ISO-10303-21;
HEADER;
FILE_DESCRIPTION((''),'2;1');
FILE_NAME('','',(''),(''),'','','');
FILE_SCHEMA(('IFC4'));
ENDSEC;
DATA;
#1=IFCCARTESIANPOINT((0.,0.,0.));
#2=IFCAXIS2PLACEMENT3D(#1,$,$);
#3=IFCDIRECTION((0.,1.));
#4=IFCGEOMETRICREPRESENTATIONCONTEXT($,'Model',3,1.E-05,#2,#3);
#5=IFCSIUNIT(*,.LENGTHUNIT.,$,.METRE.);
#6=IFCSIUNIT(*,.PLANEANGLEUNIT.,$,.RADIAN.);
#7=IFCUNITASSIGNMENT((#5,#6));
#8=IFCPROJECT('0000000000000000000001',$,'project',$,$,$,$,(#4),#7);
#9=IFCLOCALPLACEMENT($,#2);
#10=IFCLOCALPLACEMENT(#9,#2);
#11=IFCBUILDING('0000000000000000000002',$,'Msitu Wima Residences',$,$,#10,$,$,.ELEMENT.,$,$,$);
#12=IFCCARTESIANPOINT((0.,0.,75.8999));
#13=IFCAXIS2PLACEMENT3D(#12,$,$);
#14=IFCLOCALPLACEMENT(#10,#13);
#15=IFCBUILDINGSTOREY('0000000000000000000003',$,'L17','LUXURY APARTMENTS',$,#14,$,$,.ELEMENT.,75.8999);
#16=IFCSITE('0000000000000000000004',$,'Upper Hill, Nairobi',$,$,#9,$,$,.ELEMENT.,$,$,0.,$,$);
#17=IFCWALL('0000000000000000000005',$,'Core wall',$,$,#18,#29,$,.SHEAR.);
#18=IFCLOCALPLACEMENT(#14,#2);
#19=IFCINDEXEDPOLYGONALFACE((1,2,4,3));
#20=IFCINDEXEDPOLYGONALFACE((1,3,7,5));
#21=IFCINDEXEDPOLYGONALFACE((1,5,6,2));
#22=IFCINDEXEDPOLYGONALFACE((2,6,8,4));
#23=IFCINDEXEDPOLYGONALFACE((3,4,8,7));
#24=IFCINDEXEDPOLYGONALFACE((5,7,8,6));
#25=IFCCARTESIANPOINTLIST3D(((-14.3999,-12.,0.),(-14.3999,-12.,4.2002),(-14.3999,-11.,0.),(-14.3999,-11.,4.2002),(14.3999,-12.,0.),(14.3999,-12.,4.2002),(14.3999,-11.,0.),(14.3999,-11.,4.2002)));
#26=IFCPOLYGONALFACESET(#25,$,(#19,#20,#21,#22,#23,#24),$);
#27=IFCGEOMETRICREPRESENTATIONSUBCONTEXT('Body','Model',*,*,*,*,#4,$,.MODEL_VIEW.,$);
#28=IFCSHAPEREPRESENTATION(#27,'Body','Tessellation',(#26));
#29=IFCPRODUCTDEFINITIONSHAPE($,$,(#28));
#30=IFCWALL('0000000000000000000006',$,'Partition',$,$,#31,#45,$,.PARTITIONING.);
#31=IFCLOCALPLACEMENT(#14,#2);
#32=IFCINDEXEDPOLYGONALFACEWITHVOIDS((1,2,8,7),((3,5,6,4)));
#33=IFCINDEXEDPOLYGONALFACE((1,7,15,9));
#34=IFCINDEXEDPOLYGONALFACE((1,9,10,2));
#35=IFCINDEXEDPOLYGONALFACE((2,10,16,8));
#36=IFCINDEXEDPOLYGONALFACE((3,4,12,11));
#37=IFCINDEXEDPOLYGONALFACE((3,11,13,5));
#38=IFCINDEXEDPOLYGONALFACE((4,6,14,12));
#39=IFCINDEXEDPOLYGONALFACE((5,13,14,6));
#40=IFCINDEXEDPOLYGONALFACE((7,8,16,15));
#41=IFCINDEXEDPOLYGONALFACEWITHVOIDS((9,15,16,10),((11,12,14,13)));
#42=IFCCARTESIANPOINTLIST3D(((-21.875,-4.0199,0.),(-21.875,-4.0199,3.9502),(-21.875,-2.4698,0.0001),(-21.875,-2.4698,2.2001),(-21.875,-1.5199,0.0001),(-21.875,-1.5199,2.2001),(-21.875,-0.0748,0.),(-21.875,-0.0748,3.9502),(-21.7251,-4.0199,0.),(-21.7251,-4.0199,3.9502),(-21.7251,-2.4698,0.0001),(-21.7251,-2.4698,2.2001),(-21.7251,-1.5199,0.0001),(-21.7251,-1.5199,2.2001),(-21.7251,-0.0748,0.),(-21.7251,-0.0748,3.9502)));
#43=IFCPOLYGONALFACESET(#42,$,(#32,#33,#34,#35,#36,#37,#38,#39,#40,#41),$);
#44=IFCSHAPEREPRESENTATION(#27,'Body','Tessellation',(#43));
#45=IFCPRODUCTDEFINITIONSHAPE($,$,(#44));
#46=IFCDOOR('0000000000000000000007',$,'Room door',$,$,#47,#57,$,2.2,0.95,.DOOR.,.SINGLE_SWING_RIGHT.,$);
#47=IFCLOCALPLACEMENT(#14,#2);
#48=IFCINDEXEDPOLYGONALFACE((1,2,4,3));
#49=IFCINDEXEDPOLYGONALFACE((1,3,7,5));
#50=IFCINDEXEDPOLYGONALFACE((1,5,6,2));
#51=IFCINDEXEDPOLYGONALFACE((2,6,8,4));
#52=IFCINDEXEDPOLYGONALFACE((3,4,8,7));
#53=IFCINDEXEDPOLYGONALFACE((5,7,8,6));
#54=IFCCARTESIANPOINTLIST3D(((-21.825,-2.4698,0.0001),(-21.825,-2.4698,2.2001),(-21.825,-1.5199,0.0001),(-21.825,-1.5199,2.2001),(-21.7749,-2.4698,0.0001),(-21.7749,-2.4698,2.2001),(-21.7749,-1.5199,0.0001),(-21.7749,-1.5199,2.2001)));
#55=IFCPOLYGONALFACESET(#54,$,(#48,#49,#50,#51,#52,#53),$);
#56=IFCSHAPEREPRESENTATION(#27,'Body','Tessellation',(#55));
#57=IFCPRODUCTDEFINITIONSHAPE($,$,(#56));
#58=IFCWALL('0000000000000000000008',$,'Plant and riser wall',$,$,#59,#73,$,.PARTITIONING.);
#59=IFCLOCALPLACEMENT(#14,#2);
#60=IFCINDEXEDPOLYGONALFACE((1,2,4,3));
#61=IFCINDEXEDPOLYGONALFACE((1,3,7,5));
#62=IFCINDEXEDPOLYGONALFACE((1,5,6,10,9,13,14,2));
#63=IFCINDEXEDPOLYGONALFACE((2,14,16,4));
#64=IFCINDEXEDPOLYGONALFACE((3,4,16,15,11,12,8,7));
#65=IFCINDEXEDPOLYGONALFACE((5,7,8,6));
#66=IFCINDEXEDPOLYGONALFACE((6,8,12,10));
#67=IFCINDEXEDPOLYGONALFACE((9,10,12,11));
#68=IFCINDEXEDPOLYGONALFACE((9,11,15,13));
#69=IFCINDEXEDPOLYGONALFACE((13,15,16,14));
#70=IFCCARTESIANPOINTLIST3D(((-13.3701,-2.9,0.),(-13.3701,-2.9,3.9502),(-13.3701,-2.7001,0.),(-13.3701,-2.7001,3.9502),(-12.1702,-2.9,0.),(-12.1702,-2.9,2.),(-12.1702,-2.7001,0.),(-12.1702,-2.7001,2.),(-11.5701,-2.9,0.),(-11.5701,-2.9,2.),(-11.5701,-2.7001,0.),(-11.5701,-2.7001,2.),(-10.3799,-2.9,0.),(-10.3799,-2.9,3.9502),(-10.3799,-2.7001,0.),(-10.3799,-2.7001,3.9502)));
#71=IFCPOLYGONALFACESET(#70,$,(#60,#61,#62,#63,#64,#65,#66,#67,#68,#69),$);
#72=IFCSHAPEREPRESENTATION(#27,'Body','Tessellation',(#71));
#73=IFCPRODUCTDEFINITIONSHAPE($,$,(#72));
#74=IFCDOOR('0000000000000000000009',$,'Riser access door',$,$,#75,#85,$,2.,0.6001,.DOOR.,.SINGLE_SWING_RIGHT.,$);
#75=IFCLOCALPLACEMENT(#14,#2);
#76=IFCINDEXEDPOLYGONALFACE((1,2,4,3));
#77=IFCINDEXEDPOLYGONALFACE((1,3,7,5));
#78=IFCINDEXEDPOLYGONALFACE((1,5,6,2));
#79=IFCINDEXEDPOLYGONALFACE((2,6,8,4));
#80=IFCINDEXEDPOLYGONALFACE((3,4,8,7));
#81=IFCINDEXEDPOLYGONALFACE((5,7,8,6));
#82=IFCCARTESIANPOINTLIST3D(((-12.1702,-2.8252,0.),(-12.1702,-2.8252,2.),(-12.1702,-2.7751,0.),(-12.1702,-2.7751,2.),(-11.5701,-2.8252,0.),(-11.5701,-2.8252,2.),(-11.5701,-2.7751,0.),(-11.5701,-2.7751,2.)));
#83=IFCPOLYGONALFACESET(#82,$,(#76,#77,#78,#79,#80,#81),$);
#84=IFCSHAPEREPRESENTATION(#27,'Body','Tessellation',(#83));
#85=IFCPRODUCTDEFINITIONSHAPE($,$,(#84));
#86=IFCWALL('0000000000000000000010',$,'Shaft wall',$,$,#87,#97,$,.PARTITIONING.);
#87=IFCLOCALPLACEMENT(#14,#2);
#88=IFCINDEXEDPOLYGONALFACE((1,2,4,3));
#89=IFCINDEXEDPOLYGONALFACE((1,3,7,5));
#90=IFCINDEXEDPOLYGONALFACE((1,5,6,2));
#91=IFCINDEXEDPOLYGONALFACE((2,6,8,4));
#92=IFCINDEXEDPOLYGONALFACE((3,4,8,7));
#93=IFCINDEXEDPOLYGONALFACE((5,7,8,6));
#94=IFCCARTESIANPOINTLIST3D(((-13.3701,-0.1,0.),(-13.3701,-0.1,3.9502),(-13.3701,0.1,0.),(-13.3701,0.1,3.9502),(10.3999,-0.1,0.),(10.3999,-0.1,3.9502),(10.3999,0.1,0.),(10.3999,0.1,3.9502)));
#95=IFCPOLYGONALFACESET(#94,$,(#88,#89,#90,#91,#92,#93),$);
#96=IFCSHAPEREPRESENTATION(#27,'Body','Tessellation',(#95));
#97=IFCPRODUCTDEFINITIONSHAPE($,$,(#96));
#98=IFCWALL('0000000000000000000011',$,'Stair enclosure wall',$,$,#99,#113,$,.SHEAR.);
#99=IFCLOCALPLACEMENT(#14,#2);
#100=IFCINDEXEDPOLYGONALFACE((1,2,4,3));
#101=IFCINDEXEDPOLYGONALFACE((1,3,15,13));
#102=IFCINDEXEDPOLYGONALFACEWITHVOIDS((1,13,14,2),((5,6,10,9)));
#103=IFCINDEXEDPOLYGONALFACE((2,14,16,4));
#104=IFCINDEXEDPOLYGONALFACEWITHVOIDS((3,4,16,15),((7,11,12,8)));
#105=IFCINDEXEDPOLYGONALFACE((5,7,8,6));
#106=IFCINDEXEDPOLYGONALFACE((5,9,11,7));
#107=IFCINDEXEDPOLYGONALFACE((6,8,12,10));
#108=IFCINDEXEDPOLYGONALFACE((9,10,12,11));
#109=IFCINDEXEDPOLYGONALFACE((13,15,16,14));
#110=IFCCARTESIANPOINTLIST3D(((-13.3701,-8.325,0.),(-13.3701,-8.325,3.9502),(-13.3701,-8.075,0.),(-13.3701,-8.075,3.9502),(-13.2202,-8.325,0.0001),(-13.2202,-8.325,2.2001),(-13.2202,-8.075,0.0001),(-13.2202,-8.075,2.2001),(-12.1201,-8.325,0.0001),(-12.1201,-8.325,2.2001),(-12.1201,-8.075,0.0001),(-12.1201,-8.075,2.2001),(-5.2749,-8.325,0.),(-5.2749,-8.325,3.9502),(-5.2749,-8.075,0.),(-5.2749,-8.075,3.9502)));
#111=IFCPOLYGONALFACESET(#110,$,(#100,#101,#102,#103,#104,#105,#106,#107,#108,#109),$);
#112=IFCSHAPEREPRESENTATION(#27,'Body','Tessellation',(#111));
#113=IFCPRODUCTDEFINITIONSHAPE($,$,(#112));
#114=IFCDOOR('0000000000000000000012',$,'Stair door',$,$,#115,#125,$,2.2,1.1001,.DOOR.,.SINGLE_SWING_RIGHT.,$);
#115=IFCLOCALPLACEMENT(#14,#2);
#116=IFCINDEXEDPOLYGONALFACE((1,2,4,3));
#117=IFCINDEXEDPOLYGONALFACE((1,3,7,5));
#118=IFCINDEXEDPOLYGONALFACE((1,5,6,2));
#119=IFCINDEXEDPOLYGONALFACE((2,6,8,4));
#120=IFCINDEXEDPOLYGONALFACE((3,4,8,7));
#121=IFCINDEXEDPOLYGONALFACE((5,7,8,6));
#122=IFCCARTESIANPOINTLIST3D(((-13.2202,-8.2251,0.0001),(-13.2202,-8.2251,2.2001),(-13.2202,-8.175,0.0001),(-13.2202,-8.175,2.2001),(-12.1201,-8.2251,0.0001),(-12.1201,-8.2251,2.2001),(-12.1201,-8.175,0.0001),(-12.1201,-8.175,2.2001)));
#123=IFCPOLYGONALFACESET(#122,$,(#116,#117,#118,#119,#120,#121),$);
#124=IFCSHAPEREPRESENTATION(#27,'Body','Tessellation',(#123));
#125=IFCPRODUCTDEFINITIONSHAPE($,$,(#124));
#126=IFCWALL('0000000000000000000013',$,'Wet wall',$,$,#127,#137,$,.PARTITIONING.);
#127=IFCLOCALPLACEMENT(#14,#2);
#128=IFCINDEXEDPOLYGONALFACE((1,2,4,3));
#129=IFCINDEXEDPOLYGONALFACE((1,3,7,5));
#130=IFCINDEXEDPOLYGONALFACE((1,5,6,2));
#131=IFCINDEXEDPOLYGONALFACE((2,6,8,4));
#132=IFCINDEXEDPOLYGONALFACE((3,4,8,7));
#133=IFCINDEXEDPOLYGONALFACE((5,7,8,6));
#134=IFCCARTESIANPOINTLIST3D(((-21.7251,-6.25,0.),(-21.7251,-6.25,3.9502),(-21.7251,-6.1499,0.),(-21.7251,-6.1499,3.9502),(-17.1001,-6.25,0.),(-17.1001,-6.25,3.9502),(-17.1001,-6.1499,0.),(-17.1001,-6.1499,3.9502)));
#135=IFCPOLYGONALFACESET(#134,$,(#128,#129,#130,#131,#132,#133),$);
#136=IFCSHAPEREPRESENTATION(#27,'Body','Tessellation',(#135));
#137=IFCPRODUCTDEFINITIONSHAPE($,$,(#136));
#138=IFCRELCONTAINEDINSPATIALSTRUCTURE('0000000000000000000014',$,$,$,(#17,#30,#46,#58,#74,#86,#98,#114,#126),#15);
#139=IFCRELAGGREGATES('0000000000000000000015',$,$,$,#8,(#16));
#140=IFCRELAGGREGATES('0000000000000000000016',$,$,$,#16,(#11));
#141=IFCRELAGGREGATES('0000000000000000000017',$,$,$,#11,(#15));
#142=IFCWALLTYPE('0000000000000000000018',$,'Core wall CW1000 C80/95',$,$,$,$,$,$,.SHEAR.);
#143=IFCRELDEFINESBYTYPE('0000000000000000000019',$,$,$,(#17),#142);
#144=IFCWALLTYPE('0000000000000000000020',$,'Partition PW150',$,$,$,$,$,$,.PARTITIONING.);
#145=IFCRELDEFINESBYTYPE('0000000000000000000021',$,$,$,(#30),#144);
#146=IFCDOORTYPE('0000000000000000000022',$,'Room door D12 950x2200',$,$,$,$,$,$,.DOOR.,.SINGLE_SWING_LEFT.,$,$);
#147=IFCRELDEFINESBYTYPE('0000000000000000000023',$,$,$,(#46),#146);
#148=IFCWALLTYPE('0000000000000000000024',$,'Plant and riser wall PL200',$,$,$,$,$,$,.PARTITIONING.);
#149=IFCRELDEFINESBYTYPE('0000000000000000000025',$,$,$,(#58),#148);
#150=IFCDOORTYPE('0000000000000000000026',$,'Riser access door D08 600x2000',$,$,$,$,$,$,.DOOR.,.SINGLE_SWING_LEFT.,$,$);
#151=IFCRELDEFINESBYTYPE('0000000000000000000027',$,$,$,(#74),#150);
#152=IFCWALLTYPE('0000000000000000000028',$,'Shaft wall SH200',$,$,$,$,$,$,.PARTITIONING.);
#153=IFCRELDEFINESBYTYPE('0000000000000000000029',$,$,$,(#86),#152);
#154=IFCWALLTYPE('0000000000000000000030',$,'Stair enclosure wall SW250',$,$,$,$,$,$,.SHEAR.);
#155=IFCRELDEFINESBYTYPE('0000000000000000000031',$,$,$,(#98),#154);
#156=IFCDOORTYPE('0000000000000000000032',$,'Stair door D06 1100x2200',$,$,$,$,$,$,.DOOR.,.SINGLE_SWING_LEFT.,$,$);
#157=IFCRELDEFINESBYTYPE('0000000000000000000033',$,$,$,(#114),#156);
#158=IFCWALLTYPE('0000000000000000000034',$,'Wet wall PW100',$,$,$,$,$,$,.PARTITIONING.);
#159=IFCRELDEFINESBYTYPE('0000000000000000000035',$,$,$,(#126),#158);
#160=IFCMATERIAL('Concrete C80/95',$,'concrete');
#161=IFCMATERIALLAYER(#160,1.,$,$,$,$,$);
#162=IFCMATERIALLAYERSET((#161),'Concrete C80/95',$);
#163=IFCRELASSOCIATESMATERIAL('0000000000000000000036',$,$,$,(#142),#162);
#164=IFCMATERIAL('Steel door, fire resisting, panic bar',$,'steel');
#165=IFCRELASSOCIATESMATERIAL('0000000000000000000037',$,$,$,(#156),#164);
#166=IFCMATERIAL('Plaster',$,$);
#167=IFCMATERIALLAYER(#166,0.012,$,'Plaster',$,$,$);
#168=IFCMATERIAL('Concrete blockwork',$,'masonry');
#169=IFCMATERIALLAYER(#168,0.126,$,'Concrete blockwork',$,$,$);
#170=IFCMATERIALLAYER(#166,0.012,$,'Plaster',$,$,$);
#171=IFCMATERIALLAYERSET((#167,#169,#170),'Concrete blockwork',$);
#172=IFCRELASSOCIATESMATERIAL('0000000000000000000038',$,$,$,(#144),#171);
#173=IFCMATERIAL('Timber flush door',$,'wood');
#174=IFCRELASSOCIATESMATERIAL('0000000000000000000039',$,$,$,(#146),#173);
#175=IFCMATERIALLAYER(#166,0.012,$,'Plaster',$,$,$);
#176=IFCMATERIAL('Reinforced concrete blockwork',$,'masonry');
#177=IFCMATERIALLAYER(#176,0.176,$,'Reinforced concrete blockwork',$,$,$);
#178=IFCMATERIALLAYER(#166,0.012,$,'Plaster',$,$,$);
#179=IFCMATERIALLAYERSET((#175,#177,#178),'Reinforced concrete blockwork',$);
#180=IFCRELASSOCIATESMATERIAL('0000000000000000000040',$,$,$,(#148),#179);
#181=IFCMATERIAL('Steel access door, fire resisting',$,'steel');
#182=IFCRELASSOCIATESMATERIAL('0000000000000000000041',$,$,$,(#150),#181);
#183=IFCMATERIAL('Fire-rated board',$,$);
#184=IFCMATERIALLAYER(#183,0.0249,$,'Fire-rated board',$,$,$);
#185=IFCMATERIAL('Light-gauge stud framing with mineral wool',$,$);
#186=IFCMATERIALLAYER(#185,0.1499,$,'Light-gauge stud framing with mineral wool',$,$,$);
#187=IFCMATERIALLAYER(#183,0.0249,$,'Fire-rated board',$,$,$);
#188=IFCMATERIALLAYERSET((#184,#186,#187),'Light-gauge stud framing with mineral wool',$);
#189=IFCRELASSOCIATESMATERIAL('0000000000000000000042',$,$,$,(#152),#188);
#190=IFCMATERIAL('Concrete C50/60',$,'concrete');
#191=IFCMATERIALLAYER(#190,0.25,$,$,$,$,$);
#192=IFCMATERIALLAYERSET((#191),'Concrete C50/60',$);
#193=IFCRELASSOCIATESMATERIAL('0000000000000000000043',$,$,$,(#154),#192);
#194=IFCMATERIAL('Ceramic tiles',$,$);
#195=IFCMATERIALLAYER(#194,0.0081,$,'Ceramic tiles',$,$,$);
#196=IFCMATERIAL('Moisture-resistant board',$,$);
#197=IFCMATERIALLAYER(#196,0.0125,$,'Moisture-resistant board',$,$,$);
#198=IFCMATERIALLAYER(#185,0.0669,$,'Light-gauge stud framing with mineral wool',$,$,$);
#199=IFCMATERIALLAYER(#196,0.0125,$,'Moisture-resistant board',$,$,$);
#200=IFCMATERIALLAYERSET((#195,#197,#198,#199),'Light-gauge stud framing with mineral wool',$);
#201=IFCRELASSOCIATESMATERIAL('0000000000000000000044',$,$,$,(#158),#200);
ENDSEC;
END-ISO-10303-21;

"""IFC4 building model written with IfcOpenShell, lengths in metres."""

from ifc_helpers import new_model, si_unit, direction, frame, frame_2d, origin, place, context, subcontext, project, spatial, rectangle, extrude, material, layer, layer_set, type_object, element, fill, save


model = new_model("IFC4")

# Units and contexts
model_context = context("Model", 3, precision=1e-05, world=origin(), true_north=direction((0.0, 1.0)))
body_context = subcontext(model_context, "Body", "Model", "MODEL_VIEW")
ifc_project = project(units=[si_unit("LENGTHUNIT", "METRE"), si_unit("PLANEANGLEUNIT", "RADIAN")], contexts=[model_context])

# Site, building, storey
site_placement = place(None, origin())
site = spatial("IfcSite", under=ifc_project, at=site_placement, Name="Upper Hill, Nairobi", CompositionType="ELEMENT", RefElevation=0.0)
building_placement = place(site_placement, origin())
building = spatial("IfcBuilding", under=site, at=building_placement, Name="Msitu Wima Residences", CompositionType="ELEMENT")
storey_placement = place(building_placement, frame((0.0, 0.0, 75.8999)))
storey = spatial("IfcBuildingStorey", under=building, at=storey_placement, Name="L17", Description="LUXURY APARTMENTS", CompositionType="ELEMENT", Elevation=75.8999)

# Wall
ifc_material_1 = material(Name="Concrete C80/95", Category="concrete")
ifc_layer_1 = layer(ifc_material_1, 1.0)
ifc_layer_set_1 = layer_set([ifc_layer_1], Name="Concrete C80/95")
wall_type_1 = type_object("IfcWallType", Name="Core wall CW1000 C80/95", PredefinedType="SHEAR", material=ifc_layer_set_1)
wall_1_placement = place(storey_placement, frame((-14.3999, -11.5, 0.0), z_axis=(0.0, 0.0, 1.0), x_axis=(1.0, 0.0, 0.0)))
element("IfcWall", 1, at=wall_1_placement, inside=storey, type_object=wall_type_1, Name="Core wall", PredefinedType="SHEAR", context=body_context, shape_type="SweptSolid", body=[
    extrude(rectangle(XDim=28.7998, YDim=1.0, at=frame_2d((14.3999, 0.0))), origin(), (0.0, 0.0, 1.0), 4.2002),
])

# Shared definitions
ifc_material_2 = material(Name="Steel door, fire resisting, panic bar", Category="steel")
door_type_1 = type_object("IfcDoorType", Name="Stair door D06 1100x2200", OperationType="SINGLE_SWING_LEFT", PredefinedType="DOOR", material=ifc_material_2)

# Walls, openings, doors
ifc_material_3 = material(Name="Plaster")
ifc_layer_2 = layer(ifc_material_3, 0.012, Name="Plaster")
ifc_material_4 = material(Name="Concrete blockwork", Category="masonry")
ifc_layer_3 = layer(ifc_material_4, 0.126, Name="Concrete blockwork")
ifc_layer_4 = layer(ifc_material_3, 0.012, Name="Plaster")
ifc_layer_set_2 = layer_set([ifc_layer_2, ifc_layer_3, ifc_layer_4], Name="Concrete blockwork")
wall_type_2 = type_object("IfcWallType", Name="Partition PW150", PredefinedType="PARTITIONING", material=ifc_layer_set_2)
wall_2_placement = place(storey_placement, frame((-21.8, -4.02, 0.0), z_axis=(0.0, 0.0, 1.0), x_axis=(0.0, 1.0, 0.0)))
wall_2 = element("IfcWall", 2, at=wall_2_placement, inside=storey, type_object=wall_type_2, Name="Partition", PredefinedType="PARTITIONING", context=body_context, shape_type="SweptSolid", body=[
    extrude(rectangle(XDim=3.9451, YDim=0.1499, at=frame_2d((1.9727, 0.0))), origin(), (0.0, 0.0, 1.0), 3.9502),
])
opening_1_placement = place(wall_2_placement, frame((1.55, 0.0, 0.0)))
opening_1 = element("IfcOpeningElement", 3, at=opening_1_placement, cuts=wall_2, PredefinedType="OPENING", context=body_context, shape_type="SweptSolid", body=[
    extrude(rectangle(XDim=0.95, YDim=2.2, at=frame_2d((0.4751, 1.1001))), frame((0.0, 0.085, 0.0), z_axis=(0.0, -1.0, 0.0), x_axis=(1.0, 0.0, 0.0)), (0.0, 0.0, 1.0), 0.1699),
])
ifc_material_5 = material(Name="Timber flush door", Category="wood")
door_type_2 = type_object("IfcDoorType", Name="Room door D12 950x2200", OperationType="SINGLE_SWING_LEFT", PredefinedType="DOOR", material=ifc_material_5)
door_1_placement = place(opening_1_placement, origin())
door_1 = element("IfcDoor", 4, at=door_1_placement, inside=storey, type_object=door_type_2, Name="Room door", OperationType="SINGLE_SWING_RIGHT", OverallHeight=2.2, OverallWidth=0.95, PredefinedType="DOOR", context=body_context, shape_type="SweptSolid", body=[
    extrude(rectangle(XDim=0.95, YDim=2.2, at=frame_2d((0.4751, 1.1001))), frame((0.0, 0.0249, 0.0), z_axis=(0.0, -1.0, 0.0), x_axis=(1.0, 0.0, 0.0)), (0.0, 0.0, 1.0), 0.05),
])
fill(opening_1, door_1)
ifc_layer_5 = layer(ifc_material_3, 0.012, Name="Plaster")
ifc_material_6 = material(Name="Reinforced concrete blockwork", Category="masonry")
ifc_layer_6 = layer(ifc_material_6, 0.176, Name="Reinforced concrete blockwork")
ifc_layer_7 = layer(ifc_material_3, 0.012, Name="Plaster")
ifc_layer_set_3 = layer_set([ifc_layer_5, ifc_layer_6, ifc_layer_7], Name="Reinforced concrete blockwork")
wall_type_3 = type_object("IfcWallType", Name="Plant and riser wall PL200", PredefinedType="PARTITIONING", material=ifc_layer_set_3)
wall_3_placement = place(storey_placement, frame((-13.3701, -2.8, 0.0), z_axis=(0.0, 0.0, 1.0), x_axis=(1.0, 0.0, 0.0)))
wall_3 = element("IfcWall", 5, at=wall_3_placement, inside=storey, type_object=wall_type_3, Name="Plant and riser wall", PredefinedType="PARTITIONING", context=body_context, shape_type="SweptSolid", body=[
    extrude(rectangle(XDim=2.9902, YDim=0.2, at=frame_2d((1.4951, 0.0))), origin(), (0.0, 0.0, 1.0), 3.9502),
])
opening_2_placement = place(wall_3_placement, frame((1.2, 0.0, 0.0)))
opening_2 = element("IfcOpeningElement", 6, at=opening_2_placement, cuts=wall_3, PredefinedType="OPENING", context=body_context, shape_type="SweptSolid", body=[
    extrude(rectangle(XDim=0.6001, YDim=2.0, at=frame_2d((0.3, 1.0))), frame((0.0, 0.1099, 0.0), z_axis=(0.0, -1.0, 0.0), x_axis=(1.0, 0.0, 0.0)), (0.0, 0.0, 1.0), 0.22),
])
ifc_material_7 = material(Name="Steel access door, fire resisting", Category="steel")
door_type_3 = type_object("IfcDoorType", Name="Riser access door D08 600x2000", OperationType="SINGLE_SWING_LEFT", PredefinedType="DOOR", material=ifc_material_7)
door_2_placement = place(opening_2_placement, origin())
door_2 = element("IfcDoor", 7, at=door_2_placement, inside=storey, type_object=door_type_3, Name="Riser access door", OperationType="SINGLE_SWING_RIGHT", OverallHeight=2.0, OverallWidth=0.6001, PredefinedType="DOOR", context=body_context, shape_type="SweptSolid", body=[
    extrude(rectangle(XDim=0.6001, YDim=2.0, at=frame_2d((0.3, 1.0))), frame((0.0, 0.0249, 0.0), z_axis=(0.0, -1.0, 0.0), x_axis=(1.0, 0.0, 0.0)), (0.0, 0.0, 1.0), 0.05),
])
fill(opening_2, door_2)

# Wall
ifc_material_8 = material(Name="Fire-rated board")
ifc_layer_8 = layer(ifc_material_8, 0.0249, Name="Fire-rated board")
ifc_material_9 = material(Name="Light-gauge stud framing with mineral wool")
ifc_layer_9 = layer(ifc_material_9, 0.1499, Name="Light-gauge stud framing with mineral wool")
ifc_layer_10 = layer(ifc_material_8, 0.0249, Name="Fire-rated board")
ifc_layer_set_4 = layer_set([ifc_layer_8, ifc_layer_9, ifc_layer_10], Name="Light-gauge stud framing with mineral wool")
wall_type_4 = type_object("IfcWallType", Name="Shaft wall SH200", PredefinedType="PARTITIONING", material=ifc_layer_set_4)
wall_4_placement = place(storey_placement, frame((-13.3701, 0.0, 0.0), z_axis=(0.0, 0.0, 1.0), x_axis=(1.0, 0.0, 0.0)))
element("IfcWall", 8, at=wall_4_placement, inside=storey, type_object=wall_type_4, Name="Shaft wall", PredefinedType="PARTITIONING", context=body_context, shape_type="SweptSolid", body=[
    extrude(rectangle(XDim=23.77, YDim=0.2, at=frame_2d((11.885, 0.0))), origin(), (0.0, 0.0, 1.0), 3.9502),
])

# Wall, opening, door
ifc_material_10 = material(Name="Concrete C50/60", Category="concrete")
ifc_layer_11 = layer(ifc_material_10, 0.25)
ifc_layer_set_5 = layer_set([ifc_layer_11], Name="Concrete C50/60")
wall_type_5 = type_object("IfcWallType", Name="Stair enclosure wall SW250", PredefinedType="SHEAR", material=ifc_layer_set_5)
wall_5_placement = place(storey_placement, frame((-13.3701, -8.2, 0.0), z_axis=(0.0, 0.0, 1.0), x_axis=(1.0, 0.0, 0.0)))
wall_5 = element("IfcWall", 9, at=wall_5_placement, inside=storey, type_object=wall_type_5, Name="Stair enclosure wall", PredefinedType="SHEAR", context=body_context, shape_type="SweptSolid", body=[
    extrude(rectangle(XDim=8.0952, YDim=0.25, at=frame_2d((4.0476, 0.0))), origin(), (0.0, 0.0, 1.0), 3.9502),
])
opening_3_placement = place(wall_5_placement, frame((0.1499, 0.0, 0.0)))
opening_3 = element("IfcOpeningElement", 10, at=opening_3_placement, cuts=wall_5, PredefinedType="OPENING", context=body_context, shape_type="SweptSolid", body=[
    extrude(rectangle(XDim=1.1001, YDim=2.2, at=frame_2d((0.55, 1.1001))), frame((0.0, 0.135, 0.0), z_axis=(0.0, -1.0, 0.0), x_axis=(1.0, 0.0, 0.0)), (0.0, 0.0, 1.0), 0.27),
])
door_3_placement = place(opening_3_placement, origin())
door_3 = element("IfcDoor", 11, at=door_3_placement, inside=storey, type_object=door_type_1, Name="Stair door", OperationType="SINGLE_SWING_RIGHT", OverallHeight=2.2, OverallWidth=1.1001, PredefinedType="DOOR", context=body_context, shape_type="SweptSolid", body=[
    extrude(rectangle(XDim=1.1001, YDim=2.2, at=frame_2d((0.55, 1.1001))), frame((0.0, 0.0249, 0.0), z_axis=(0.0, -1.0, 0.0), x_axis=(1.0, 0.0, 0.0)), (0.0, 0.0, 1.0), 0.05),
])
fill(opening_3, door_3)

# Wall
ifc_material_11 = material(Name="Ceramic tiles")
ifc_layer_12 = layer(ifc_material_11, 0.0081, Name="Ceramic tiles")
ifc_material_12 = material(Name="Moisture-resistant board")
ifc_layer_13 = layer(ifc_material_12, 0.0125, Name="Moisture-resistant board")
ifc_layer_14 = layer(ifc_material_9, 0.0669, Name="Light-gauge stud framing with mineral wool")
ifc_layer_15 = layer(ifc_material_12, 0.0125, Name="Moisture-resistant board")
ifc_layer_set_6 = layer_set([ifc_layer_12, ifc_layer_13, ifc_layer_14, ifc_layer_15], Name="Light-gauge stud framing with mineral wool")
wall_type_6 = type_object("IfcWallType", Name="Wet wall PW100", PredefinedType="PARTITIONING", material=ifc_layer_set_6)
wall_6_placement = place(storey_placement, frame((-21.7251, -6.2, 0.0), z_axis=(0.0, 0.0, 1.0), x_axis=(1.0, 0.0, 0.0)))
element("IfcWall", 12, at=wall_6_placement, inside=storey, type_object=wall_type_6, Name="Wet wall", PredefinedType="PARTITIONING", context=body_context, shape_type="SweptSolid", body=[
    extrude(rectangle(XDim=4.625, YDim=0.1001, at=frame_2d((2.3125, 0.0))), origin(), (0.0, 0.0, 1.0), 3.9502),
])

save(model, "model.ifc")
